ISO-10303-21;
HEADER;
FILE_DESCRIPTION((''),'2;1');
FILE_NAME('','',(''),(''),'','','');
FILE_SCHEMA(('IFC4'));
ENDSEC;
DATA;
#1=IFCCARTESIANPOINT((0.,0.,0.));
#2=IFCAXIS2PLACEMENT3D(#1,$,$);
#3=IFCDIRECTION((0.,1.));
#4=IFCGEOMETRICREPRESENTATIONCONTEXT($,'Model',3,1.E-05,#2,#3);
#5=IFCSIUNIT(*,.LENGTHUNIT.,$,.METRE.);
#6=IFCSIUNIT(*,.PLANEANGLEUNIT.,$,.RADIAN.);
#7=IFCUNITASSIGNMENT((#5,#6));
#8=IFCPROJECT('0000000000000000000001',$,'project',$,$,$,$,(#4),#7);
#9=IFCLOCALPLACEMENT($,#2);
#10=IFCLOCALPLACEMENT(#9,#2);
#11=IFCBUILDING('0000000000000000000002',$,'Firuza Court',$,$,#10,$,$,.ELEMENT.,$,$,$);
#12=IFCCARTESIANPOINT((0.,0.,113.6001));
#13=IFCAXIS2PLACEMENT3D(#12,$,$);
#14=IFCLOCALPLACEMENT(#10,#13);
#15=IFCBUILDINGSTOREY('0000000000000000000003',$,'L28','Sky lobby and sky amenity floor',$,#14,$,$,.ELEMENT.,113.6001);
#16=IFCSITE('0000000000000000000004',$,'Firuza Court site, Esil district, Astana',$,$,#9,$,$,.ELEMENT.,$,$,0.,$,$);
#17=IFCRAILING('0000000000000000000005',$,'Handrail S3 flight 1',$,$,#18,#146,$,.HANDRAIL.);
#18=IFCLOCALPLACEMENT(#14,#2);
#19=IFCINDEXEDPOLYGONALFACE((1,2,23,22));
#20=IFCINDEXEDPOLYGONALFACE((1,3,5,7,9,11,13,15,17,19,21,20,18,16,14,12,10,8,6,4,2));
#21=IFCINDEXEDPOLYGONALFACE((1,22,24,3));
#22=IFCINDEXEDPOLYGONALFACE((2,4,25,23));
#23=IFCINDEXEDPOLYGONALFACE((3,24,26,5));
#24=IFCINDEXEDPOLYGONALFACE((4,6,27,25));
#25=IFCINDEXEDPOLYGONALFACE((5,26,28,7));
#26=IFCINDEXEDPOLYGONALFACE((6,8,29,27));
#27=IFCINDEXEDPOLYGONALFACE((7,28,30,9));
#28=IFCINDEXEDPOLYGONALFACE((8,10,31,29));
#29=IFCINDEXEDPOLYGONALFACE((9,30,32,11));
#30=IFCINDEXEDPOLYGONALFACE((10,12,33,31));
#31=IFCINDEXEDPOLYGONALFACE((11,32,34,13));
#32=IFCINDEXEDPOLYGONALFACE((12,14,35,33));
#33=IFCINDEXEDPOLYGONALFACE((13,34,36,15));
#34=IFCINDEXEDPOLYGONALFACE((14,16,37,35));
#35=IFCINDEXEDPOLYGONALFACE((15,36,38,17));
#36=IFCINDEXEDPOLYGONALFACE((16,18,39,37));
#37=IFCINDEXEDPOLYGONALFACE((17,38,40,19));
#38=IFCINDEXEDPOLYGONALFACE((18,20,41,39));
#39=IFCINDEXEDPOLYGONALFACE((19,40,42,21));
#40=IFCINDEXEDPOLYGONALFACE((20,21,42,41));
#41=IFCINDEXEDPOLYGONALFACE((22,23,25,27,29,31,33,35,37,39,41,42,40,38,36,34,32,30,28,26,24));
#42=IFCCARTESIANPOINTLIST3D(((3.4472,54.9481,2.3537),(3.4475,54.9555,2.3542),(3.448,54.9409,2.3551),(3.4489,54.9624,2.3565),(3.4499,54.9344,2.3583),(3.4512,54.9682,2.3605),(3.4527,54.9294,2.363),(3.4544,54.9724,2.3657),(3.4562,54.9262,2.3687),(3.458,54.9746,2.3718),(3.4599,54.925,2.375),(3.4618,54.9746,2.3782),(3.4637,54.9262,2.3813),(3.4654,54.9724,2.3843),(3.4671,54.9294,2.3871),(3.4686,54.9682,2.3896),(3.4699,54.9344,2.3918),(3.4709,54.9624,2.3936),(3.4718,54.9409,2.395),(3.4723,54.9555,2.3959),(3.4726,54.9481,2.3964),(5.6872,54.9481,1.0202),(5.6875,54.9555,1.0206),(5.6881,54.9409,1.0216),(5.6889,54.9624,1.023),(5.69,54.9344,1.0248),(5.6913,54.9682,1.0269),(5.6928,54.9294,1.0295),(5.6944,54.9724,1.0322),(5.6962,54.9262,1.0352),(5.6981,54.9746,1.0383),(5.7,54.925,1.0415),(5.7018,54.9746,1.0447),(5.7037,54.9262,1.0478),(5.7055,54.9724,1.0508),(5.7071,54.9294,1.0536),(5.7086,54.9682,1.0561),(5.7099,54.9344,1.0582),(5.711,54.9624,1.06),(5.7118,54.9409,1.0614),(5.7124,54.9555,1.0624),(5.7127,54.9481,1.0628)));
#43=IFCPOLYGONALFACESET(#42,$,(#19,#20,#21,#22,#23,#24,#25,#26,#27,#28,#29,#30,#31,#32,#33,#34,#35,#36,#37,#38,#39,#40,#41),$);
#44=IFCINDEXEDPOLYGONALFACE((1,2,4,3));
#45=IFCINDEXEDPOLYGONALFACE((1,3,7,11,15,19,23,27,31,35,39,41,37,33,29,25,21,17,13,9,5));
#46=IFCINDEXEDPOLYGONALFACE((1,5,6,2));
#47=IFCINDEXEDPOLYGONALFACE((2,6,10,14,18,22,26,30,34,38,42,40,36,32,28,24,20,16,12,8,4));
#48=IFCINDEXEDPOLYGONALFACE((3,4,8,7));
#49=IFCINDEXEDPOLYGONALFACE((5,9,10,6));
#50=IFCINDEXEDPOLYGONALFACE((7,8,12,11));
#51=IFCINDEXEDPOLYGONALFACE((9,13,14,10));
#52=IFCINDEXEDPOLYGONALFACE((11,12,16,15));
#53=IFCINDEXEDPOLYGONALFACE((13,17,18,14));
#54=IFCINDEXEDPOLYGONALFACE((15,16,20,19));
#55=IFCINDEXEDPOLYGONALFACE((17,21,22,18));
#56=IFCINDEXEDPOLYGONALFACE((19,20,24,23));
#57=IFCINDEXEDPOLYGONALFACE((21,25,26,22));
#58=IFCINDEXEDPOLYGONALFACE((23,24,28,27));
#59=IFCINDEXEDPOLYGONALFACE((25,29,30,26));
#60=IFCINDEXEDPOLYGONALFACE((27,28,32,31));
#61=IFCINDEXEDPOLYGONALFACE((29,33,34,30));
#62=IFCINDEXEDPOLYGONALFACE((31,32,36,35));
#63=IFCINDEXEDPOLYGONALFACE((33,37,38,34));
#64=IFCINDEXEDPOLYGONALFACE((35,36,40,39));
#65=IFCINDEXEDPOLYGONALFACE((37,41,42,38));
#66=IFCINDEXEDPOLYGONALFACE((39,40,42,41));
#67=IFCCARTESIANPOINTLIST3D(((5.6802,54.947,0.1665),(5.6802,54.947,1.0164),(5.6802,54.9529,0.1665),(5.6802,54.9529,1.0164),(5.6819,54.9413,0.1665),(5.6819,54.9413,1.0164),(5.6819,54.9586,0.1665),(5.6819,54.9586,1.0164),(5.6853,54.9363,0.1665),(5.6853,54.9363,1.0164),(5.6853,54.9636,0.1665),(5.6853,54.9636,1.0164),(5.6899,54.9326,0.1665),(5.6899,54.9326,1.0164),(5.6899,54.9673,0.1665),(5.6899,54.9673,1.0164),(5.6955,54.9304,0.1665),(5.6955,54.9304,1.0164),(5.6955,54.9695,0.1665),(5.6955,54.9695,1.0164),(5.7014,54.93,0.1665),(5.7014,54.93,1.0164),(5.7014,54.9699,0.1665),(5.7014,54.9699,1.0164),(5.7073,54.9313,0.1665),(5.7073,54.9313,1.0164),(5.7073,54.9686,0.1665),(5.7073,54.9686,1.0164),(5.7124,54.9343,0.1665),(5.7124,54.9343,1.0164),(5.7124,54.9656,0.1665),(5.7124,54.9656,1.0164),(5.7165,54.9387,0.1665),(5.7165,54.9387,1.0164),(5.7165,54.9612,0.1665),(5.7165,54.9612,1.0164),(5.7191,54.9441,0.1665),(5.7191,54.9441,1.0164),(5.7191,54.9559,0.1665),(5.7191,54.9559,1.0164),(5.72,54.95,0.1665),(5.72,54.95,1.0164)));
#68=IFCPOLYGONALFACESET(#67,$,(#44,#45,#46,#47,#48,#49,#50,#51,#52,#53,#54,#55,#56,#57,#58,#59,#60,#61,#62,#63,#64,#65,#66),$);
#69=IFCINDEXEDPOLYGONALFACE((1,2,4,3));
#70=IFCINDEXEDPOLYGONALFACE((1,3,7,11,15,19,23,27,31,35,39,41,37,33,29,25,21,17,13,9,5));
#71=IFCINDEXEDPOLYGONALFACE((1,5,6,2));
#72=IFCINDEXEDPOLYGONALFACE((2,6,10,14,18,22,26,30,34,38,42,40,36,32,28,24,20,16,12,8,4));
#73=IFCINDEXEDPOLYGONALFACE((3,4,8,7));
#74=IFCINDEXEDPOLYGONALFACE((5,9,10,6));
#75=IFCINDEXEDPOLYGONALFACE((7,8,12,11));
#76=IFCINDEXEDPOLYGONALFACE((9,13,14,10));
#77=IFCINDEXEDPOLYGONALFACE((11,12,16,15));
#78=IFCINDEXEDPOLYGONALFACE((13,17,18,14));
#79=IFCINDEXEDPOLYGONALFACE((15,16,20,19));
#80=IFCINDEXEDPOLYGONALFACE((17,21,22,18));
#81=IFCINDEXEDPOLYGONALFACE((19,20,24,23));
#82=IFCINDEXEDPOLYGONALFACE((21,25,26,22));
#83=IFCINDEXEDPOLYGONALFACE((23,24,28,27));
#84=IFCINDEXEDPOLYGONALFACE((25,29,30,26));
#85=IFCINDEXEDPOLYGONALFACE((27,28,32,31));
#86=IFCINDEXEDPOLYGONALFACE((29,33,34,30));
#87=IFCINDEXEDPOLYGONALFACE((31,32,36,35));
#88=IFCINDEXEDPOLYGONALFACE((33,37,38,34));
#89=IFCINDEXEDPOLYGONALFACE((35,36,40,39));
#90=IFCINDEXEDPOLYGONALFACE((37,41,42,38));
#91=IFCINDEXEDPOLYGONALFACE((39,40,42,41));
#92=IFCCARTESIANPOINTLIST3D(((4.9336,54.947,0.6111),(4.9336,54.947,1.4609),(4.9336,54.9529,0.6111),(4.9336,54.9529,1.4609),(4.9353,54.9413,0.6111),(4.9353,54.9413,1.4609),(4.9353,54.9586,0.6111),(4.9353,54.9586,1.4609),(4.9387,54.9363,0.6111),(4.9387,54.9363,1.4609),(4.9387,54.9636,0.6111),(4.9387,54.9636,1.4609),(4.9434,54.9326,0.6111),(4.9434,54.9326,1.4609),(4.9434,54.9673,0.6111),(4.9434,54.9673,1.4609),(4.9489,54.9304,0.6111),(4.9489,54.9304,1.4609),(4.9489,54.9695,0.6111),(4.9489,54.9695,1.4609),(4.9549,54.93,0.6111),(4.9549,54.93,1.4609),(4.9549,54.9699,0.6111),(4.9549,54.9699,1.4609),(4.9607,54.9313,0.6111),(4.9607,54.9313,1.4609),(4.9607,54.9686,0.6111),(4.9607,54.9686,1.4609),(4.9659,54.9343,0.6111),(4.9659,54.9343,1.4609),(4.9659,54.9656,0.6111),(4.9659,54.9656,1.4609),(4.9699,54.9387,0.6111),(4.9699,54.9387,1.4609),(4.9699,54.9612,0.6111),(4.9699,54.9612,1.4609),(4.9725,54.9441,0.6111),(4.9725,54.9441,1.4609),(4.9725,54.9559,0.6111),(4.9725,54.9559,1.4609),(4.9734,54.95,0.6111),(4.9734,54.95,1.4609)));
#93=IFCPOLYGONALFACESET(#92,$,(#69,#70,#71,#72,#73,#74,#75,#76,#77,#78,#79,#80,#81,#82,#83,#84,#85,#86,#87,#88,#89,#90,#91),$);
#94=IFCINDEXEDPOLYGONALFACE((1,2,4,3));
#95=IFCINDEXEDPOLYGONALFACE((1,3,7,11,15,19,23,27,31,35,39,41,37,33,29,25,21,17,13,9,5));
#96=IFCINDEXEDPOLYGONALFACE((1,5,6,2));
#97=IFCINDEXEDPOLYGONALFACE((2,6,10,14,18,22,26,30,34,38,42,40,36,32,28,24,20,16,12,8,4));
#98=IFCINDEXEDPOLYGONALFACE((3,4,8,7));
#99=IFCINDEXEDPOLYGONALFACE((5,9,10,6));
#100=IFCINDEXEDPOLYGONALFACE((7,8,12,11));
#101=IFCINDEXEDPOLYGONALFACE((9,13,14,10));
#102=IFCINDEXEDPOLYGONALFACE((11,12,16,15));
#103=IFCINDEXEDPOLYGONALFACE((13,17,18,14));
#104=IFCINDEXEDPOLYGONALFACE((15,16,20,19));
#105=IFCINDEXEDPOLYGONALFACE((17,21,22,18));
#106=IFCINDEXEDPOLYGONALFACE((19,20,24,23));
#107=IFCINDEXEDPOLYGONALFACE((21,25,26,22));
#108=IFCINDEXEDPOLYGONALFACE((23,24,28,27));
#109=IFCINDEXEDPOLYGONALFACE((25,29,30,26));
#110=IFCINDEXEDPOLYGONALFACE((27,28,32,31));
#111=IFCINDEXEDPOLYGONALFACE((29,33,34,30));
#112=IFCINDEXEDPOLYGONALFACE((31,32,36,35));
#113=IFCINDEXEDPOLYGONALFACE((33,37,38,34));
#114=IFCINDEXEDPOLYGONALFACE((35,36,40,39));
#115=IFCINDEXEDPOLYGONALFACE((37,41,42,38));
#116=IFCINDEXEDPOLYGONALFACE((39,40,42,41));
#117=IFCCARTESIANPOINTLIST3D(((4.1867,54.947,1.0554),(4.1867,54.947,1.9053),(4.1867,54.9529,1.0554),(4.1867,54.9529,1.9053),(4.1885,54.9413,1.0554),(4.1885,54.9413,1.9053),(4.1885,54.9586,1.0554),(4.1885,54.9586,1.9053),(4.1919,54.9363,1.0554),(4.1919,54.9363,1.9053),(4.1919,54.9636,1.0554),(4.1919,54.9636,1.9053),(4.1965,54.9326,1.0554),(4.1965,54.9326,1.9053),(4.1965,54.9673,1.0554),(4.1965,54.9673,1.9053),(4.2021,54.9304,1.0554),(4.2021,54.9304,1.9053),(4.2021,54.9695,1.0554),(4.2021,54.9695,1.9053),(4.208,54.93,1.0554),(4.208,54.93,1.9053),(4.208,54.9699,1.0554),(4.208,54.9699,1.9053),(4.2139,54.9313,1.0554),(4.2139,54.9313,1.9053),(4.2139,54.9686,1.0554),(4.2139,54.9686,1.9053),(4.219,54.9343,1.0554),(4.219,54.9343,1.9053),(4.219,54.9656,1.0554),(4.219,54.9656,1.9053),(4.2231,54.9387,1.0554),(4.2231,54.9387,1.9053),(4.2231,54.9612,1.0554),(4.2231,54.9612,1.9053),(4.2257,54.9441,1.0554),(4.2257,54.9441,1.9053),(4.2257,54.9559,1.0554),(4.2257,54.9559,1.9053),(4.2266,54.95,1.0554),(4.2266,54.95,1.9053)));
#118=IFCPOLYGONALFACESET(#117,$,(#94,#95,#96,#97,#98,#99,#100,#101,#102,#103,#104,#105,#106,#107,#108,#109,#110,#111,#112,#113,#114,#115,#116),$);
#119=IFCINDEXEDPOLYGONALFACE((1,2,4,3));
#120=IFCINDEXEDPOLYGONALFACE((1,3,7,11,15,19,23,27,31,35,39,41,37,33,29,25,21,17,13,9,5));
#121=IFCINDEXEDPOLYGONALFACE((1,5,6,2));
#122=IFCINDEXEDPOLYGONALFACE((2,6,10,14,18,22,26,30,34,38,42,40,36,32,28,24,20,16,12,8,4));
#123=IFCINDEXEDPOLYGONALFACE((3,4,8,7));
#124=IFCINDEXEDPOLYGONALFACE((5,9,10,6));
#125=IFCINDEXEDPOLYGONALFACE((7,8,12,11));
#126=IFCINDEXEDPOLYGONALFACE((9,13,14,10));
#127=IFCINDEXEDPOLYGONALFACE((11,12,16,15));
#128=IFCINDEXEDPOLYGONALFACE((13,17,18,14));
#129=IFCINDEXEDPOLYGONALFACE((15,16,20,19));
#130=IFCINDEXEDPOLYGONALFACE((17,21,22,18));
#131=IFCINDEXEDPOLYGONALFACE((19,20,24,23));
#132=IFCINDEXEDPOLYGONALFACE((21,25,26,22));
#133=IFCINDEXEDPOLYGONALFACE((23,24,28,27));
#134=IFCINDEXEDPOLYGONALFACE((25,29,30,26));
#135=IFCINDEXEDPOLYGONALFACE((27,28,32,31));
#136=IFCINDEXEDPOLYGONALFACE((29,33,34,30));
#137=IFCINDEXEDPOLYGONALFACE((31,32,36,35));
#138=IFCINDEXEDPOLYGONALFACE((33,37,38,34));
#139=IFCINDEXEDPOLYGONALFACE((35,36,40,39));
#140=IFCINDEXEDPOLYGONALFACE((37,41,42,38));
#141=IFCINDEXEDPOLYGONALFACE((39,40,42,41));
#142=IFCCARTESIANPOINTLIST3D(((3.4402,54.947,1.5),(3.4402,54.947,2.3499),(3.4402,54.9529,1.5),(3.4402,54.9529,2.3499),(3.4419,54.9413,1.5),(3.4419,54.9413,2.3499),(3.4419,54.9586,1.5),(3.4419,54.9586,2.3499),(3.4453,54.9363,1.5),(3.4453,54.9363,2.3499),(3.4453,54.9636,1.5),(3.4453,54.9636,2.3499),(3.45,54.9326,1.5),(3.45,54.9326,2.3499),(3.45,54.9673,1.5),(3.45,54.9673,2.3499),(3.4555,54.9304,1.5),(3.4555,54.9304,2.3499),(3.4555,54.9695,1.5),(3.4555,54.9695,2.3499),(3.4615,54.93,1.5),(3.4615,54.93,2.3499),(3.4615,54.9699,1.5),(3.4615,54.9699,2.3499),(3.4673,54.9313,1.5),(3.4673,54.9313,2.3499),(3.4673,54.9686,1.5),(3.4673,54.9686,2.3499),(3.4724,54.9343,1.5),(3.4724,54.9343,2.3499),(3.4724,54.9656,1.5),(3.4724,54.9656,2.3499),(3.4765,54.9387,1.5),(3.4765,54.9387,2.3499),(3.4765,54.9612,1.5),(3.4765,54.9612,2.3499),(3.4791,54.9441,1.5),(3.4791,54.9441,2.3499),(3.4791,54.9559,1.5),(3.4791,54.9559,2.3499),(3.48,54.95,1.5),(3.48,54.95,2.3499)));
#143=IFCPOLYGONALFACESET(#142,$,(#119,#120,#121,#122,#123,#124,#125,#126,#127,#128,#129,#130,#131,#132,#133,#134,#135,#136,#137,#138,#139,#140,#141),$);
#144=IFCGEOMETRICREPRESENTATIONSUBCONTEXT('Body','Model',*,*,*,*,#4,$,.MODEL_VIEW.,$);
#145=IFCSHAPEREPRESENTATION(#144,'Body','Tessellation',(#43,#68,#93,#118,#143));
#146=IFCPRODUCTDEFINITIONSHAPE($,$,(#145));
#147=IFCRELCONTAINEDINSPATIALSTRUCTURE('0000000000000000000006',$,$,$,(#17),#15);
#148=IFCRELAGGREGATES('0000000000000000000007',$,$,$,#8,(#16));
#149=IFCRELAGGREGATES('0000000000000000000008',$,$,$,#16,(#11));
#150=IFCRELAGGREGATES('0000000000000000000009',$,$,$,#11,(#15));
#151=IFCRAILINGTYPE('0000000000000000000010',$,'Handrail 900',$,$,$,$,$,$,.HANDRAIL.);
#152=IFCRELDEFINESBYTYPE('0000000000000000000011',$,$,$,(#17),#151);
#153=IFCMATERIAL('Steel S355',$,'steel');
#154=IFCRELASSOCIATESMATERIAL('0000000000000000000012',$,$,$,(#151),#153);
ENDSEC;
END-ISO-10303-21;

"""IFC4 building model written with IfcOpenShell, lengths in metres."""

from ifc_helpers import new_model, si_unit, direction, frame, origin, origin_2d, place, context, subcontext, project, spatial, circle, extrude, material, type_object, element, save


model = new_model("IFC4")

# Units and contexts
model_context = context("Model", 3, precision=1e-05, world=origin(), true_north=direction((0.0, 1.0)))
body_context = subcontext(model_context, "Body", "Model", "MODEL_VIEW")
ifc_project = project(units=[si_unit("LENGTHUNIT", "METRE"), si_unit("PLANEANGLEUNIT", "RADIAN")], contexts=[model_context])

# Site, building, storey
site_placement = place(None, origin())
site = spatial("IfcSite", under=ifc_project, at=site_placement, Name="Firuza Court site, Esil district, Astana", CompositionType="ELEMENT", RefElevation=0.0)
building_placement = place(site_placement, origin())
building = spatial("IfcBuilding", under=site, at=building_placement, Name="Firuza Court", CompositionType="ELEMENT")
storey_placement = place(building_placement, frame((0.0, 0.0, 113.6001)))
storey = spatial("IfcBuildingStorey", under=building, at=storey_placement, Name="L28", Description="Sky lobby and sky amenity floor", CompositionType="ELEMENT", Elevation=113.6001)

# Railing
ifc_material_1 = material(Name="Steel S355", Category="steel")
railing_type_1 = type_object("IfcRailingType", Name="Handrail 900", PredefinedType="HANDRAIL", material=ifc_material_1)
for number, where, name in (
    (1, (5.7, 54.95, 0.1665), "Handrail S3 flight 1"),
):
    element("IfcRailing", number, at=place(storey_placement, frame(where)), inside=storey, type_object=railing_type_1, Name=name, PredefinedType="HANDRAIL", context=body_context, shape_type="SweptSolid", body=[
        extrude(circle(Radius=0.0249, at=origin_2d()), frame((0.0, 0.0, 0.875), z_axis=(-0.859264, 0.0, 0.511532), x_axis=(0.0, -1.0, 0.0)), (0.0, 0.0, 1.0), 2.6069),
        extrude(circle(Radius=0.02, at=origin_2d()), origin(), (0.0, 0.0, 1.0), 0.8499),
        extrude(circle(Radius=0.02, at=origin_2d()), frame((-0.7466, 0.0, 0.4446)), (0.0, 0.0, 1.0), 0.8499),
        extrude(circle(Radius=0.02, at=origin_2d()), frame((-1.4934, 0.0, 0.8889)), (0.0, 0.0, 1.0), 0.8499),
        extrude(circle(Radius=0.02, at=origin_2d()), frame((-2.24, 0.0, 1.3335)), (0.0, 0.0, 1.0), 0.8499),
    ])

save(model, "model.ifc")
